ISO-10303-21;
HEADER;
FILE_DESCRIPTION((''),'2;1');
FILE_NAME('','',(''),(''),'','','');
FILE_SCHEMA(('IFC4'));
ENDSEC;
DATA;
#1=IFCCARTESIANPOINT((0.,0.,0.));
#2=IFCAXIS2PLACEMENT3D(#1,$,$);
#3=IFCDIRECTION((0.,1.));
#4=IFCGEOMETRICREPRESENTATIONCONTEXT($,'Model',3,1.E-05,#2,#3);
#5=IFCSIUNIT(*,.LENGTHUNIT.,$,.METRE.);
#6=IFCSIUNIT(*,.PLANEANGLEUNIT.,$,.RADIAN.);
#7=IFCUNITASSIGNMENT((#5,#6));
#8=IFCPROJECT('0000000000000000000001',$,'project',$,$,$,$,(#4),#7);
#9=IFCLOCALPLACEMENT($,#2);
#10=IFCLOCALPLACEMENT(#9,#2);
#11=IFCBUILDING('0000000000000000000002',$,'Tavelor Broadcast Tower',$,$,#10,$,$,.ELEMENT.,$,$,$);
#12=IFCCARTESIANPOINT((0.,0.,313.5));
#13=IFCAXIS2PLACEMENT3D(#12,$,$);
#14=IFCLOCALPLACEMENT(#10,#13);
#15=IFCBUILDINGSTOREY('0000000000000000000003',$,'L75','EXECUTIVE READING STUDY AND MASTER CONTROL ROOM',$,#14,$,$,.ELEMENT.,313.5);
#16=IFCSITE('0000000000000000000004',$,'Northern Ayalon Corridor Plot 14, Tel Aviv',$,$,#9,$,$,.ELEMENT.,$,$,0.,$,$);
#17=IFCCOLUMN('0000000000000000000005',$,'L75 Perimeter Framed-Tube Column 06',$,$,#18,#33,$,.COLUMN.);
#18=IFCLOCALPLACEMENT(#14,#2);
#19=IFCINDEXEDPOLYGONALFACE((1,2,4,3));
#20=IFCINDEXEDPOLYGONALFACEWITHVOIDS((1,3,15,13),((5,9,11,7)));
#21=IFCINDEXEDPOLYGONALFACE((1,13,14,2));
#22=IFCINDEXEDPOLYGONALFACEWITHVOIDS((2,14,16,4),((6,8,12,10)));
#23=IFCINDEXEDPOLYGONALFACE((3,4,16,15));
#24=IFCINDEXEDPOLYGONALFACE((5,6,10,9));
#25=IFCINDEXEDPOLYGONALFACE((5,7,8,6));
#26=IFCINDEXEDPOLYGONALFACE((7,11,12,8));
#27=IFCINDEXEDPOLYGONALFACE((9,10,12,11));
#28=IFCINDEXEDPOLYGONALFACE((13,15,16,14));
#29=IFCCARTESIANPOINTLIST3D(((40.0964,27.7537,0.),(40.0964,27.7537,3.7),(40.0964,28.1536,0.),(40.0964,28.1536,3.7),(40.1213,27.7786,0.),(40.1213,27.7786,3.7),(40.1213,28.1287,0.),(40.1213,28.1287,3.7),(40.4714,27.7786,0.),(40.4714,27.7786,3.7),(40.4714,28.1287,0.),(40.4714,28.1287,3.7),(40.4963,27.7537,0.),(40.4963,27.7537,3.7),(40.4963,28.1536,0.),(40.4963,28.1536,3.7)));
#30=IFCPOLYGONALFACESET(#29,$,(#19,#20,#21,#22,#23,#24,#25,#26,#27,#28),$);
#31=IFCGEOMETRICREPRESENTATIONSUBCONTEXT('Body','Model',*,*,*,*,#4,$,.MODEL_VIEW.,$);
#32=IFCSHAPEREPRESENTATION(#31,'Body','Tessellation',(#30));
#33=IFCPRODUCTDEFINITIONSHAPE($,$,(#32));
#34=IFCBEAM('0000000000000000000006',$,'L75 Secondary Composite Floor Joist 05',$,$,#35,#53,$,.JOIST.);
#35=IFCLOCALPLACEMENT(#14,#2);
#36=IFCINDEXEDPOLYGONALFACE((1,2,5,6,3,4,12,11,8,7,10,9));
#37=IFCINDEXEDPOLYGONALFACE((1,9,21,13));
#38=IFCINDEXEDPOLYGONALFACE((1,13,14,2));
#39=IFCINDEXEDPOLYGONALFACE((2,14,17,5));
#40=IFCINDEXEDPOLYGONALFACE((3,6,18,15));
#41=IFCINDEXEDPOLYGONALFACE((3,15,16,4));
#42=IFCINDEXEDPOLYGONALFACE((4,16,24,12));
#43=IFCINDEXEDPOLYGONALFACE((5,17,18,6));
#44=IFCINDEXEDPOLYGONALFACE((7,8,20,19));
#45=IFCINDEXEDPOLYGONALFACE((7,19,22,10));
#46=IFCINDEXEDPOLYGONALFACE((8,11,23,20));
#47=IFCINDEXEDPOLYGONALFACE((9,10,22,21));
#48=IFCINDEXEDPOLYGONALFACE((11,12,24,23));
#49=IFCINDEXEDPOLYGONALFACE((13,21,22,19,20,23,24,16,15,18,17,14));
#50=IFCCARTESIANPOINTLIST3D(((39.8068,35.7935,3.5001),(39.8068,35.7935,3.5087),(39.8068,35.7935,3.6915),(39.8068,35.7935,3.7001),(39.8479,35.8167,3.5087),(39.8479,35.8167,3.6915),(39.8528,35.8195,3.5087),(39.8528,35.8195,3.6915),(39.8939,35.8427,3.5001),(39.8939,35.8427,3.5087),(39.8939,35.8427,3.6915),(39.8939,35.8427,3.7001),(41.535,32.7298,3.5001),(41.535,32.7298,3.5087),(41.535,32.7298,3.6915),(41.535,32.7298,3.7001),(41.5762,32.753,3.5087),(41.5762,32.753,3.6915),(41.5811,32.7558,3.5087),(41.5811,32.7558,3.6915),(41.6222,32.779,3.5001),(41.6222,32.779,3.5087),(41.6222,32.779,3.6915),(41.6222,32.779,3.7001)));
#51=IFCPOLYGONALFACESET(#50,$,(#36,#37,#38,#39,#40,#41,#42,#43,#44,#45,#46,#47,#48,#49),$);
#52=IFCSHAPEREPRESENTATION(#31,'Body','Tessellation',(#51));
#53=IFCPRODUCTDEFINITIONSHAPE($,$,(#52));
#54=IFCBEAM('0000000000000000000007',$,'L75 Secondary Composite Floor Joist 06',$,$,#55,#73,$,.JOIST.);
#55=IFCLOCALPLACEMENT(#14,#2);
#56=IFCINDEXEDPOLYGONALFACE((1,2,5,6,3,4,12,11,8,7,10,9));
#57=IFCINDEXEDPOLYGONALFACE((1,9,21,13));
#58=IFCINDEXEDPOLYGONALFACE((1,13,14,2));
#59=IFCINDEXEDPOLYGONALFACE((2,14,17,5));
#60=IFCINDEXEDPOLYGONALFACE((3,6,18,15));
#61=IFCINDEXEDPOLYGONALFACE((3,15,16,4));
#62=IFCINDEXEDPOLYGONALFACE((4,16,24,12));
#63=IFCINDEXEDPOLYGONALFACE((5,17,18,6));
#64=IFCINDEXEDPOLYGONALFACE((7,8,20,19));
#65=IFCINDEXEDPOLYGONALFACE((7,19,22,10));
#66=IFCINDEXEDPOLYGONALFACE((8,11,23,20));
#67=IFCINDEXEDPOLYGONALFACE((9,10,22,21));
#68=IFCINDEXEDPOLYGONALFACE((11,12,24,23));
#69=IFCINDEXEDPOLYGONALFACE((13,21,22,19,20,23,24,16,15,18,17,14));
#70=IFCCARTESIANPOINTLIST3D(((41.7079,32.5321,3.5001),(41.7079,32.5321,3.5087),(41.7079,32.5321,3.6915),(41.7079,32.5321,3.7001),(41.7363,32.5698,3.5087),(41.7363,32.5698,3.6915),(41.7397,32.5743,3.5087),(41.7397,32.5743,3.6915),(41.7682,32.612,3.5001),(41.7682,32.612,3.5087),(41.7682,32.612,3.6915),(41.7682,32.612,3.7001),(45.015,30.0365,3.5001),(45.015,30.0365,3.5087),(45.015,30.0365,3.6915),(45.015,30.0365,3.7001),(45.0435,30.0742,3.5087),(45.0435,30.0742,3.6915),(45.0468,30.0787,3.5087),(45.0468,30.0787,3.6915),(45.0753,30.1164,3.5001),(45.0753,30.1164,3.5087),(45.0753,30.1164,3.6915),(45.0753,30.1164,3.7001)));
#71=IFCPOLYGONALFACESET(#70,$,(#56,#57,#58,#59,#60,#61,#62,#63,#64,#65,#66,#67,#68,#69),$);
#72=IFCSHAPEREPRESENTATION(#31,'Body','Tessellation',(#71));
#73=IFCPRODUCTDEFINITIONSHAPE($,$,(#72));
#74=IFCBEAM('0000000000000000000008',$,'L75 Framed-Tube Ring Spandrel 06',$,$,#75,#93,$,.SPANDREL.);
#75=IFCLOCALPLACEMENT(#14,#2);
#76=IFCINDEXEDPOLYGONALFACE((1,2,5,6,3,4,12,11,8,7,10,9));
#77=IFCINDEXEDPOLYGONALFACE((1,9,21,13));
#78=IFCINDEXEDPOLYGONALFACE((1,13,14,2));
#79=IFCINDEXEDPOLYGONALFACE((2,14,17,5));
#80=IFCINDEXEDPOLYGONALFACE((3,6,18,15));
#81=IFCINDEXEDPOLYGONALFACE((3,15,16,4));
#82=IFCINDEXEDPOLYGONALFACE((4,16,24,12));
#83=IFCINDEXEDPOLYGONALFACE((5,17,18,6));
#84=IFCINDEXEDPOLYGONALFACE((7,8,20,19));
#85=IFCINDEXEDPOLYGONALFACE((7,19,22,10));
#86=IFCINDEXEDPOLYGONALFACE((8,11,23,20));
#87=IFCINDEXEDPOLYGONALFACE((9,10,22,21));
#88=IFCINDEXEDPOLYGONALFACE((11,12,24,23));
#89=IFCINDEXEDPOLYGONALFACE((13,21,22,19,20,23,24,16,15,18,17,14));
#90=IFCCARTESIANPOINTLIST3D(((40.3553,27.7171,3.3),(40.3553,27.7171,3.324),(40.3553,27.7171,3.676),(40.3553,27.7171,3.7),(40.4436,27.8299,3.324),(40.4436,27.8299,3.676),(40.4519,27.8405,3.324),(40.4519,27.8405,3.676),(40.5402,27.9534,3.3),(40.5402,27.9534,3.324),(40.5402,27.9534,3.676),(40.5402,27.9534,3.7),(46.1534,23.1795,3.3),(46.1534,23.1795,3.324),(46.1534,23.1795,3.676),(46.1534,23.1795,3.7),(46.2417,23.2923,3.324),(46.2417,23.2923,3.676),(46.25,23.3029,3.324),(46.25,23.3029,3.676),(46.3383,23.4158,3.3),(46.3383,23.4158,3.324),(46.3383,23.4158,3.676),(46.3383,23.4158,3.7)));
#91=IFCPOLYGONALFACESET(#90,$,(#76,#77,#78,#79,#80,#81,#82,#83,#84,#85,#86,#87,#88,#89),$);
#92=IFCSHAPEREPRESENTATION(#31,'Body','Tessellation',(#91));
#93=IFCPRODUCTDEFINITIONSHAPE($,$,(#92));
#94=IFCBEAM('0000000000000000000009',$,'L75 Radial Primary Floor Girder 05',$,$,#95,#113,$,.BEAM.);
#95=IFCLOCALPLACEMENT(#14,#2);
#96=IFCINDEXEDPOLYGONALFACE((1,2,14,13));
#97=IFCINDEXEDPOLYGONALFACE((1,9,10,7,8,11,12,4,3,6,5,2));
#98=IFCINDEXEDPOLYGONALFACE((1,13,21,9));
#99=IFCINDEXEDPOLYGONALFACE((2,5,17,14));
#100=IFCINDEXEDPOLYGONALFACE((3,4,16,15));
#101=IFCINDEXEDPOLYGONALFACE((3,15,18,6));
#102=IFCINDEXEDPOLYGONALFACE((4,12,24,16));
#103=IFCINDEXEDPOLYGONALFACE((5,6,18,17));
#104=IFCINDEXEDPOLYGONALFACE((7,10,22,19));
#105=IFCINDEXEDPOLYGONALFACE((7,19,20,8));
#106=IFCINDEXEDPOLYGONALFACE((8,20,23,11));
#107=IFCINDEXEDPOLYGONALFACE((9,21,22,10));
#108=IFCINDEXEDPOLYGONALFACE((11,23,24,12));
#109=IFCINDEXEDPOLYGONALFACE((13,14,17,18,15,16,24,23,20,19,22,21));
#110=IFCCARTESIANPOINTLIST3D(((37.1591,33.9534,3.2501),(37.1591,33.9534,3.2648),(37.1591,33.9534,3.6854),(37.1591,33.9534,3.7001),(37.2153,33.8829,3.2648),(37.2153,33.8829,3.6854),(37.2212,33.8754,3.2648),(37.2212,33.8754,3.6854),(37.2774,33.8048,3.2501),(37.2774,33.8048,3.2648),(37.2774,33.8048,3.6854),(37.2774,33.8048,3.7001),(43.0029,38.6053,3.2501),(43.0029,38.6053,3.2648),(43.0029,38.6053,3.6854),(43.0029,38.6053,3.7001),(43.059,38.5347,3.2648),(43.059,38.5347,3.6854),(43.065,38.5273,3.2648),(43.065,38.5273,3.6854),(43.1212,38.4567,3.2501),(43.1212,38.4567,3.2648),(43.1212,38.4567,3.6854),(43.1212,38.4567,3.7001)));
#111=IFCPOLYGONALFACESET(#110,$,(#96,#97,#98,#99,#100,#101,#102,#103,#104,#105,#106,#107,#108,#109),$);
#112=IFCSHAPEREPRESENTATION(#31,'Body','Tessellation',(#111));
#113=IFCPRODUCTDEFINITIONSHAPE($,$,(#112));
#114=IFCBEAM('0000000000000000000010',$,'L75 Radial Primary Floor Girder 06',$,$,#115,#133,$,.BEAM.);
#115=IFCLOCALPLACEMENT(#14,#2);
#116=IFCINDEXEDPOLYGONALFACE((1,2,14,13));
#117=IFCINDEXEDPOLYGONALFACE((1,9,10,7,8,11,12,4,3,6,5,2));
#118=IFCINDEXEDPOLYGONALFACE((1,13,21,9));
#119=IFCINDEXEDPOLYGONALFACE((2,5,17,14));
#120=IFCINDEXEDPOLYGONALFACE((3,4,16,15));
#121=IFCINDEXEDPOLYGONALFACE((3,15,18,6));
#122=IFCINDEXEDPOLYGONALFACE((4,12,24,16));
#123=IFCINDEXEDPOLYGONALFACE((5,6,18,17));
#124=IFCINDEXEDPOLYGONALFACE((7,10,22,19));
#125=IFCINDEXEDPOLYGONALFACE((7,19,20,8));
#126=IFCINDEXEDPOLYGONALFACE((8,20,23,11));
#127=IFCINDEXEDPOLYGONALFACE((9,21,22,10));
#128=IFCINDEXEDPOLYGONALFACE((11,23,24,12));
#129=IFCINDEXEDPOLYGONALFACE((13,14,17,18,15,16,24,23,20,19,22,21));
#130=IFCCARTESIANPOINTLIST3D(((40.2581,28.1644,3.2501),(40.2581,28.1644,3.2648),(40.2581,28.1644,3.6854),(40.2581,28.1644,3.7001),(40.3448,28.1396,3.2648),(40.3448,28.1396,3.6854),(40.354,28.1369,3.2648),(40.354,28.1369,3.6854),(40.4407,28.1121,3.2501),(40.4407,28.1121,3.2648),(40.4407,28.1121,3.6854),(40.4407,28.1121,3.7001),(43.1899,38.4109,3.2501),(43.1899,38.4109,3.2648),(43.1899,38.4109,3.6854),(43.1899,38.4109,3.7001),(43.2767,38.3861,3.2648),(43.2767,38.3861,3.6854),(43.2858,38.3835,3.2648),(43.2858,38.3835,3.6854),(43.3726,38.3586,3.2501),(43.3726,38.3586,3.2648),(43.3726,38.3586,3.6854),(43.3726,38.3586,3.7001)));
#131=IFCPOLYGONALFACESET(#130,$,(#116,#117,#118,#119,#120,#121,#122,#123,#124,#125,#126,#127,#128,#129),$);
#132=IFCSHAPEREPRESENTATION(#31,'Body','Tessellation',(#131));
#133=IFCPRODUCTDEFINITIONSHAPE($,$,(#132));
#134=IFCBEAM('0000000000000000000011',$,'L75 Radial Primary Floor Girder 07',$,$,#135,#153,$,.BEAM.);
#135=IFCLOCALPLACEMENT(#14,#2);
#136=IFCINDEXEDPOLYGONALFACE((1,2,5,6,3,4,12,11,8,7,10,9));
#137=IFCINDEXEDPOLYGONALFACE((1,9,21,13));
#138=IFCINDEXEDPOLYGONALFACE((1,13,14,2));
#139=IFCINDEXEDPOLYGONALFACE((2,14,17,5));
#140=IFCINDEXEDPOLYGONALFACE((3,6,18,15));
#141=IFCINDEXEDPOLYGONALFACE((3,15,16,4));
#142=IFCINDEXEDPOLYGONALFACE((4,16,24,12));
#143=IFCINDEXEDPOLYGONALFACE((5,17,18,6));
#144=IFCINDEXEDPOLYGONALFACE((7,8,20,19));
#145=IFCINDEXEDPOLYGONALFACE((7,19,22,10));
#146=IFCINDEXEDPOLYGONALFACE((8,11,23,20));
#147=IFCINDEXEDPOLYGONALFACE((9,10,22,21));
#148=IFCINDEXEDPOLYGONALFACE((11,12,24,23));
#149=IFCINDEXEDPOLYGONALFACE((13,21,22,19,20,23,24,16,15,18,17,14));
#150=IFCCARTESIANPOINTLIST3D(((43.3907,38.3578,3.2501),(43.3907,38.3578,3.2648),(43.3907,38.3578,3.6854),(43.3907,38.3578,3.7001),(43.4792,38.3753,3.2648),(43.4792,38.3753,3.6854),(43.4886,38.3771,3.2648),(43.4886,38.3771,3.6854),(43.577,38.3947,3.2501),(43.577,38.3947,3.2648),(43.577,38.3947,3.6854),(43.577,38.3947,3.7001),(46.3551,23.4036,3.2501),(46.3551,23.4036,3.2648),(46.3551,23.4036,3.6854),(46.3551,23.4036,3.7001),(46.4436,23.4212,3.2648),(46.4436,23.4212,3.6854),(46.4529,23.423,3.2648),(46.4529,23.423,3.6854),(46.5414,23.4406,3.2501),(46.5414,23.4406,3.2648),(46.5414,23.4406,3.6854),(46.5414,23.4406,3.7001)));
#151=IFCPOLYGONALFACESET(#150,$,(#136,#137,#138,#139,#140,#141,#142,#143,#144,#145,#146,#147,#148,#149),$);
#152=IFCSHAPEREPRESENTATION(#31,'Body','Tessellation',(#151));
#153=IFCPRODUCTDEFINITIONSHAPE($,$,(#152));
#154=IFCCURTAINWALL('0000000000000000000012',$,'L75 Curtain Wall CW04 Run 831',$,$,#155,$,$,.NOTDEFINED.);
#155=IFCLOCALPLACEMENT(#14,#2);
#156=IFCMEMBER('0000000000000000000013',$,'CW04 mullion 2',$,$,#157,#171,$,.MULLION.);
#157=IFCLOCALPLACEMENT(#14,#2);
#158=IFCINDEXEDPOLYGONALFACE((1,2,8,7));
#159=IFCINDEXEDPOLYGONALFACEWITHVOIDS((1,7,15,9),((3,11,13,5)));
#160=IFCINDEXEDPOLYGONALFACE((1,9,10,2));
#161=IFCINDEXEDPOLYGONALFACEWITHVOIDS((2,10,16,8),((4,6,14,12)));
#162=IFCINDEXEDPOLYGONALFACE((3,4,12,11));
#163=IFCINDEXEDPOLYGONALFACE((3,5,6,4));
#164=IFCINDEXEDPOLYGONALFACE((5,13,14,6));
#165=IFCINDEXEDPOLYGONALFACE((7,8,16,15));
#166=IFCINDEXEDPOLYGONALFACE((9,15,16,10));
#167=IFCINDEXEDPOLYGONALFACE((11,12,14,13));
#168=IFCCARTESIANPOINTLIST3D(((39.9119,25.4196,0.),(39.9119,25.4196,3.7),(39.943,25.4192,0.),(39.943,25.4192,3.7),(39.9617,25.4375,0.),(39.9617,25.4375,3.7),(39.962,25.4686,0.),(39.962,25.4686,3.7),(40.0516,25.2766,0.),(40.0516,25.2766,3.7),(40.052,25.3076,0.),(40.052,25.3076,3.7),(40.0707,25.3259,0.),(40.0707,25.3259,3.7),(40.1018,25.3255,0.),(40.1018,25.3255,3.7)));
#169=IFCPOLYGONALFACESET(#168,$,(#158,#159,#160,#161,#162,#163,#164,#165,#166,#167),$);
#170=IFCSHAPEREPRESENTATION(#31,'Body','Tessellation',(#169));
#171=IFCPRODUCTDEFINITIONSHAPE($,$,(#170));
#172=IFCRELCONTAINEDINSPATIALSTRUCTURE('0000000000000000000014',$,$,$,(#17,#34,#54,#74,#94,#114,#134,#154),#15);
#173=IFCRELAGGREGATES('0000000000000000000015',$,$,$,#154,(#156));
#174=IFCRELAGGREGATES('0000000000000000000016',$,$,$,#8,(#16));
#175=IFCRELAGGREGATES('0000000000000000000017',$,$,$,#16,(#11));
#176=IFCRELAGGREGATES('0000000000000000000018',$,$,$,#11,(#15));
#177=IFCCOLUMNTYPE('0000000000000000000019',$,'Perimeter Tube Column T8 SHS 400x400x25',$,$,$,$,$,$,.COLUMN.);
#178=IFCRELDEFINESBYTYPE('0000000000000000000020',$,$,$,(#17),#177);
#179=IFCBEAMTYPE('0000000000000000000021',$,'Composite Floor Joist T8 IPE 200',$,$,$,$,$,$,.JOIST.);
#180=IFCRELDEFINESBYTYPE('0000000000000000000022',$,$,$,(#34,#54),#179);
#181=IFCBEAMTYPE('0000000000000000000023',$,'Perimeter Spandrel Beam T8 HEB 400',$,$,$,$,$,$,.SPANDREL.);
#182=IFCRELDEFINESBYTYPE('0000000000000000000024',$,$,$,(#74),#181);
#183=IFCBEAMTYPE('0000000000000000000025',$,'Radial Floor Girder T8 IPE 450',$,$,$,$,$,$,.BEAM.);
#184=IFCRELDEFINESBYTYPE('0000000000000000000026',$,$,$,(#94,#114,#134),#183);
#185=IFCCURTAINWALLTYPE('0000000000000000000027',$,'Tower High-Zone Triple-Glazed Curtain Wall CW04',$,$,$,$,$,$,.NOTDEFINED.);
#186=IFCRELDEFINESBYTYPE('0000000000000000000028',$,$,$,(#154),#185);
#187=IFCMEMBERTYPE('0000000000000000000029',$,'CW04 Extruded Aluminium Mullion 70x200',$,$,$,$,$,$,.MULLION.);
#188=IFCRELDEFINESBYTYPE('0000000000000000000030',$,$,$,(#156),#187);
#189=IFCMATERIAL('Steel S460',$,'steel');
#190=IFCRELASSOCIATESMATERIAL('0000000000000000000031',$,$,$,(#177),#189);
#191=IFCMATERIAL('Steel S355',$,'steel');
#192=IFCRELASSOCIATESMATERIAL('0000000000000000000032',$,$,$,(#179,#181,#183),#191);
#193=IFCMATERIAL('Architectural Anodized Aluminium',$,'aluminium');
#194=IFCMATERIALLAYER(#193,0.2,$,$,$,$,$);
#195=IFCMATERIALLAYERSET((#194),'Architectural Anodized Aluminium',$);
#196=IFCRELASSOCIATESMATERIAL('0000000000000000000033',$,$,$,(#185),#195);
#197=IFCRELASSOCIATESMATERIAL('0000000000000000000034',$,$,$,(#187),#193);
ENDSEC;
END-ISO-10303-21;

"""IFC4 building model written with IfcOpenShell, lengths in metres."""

from ifc_helpers import new_model, si_unit, direction, frame, origin, origin_2d, place, context, subcontext, project, spatial, hollow_rectangle, i_section, extrude, source, transform, mapped, material, layer, layer_set, material_profile, profile_set, type_object, type_shapes, element, aggregate, save


model = new_model("IFC4")

# Units and contexts
model_context = context("Model", 3, precision=1e-05, world=origin(), true_north=direction((0.0, 1.0)))
body_context = subcontext(model_context, "Body", "Model", "MODEL_VIEW")
ifc_project = project(units=[si_unit("LENGTHUNIT", "METRE"), si_unit("PLANEANGLEUNIT", "RADIAN")], contexts=[model_context])

# Site, building, storey
site_placement = place(None, origin())
site = spatial("IfcSite", under=ifc_project, at=site_placement, Name="Northern Ayalon Corridor Plot 14, Tel Aviv", CompositionType="ELEMENT", RefElevation=0.0)
building_placement = place(site_placement, origin())
building = spatial("IfcBuilding", under=site, at=building_placement, Name="Tavelor Broadcast Tower", CompositionType="ELEMENT")
storey_placement = place(building_placement, frame((0.0, 0.0, 313.5)))
storey = spatial("IfcBuildingStorey", under=building, at=storey_placement, Name="L75", Description="EXECUTIVE READING STUDY AND MASTER CONTROL ROOM", CompositionType="ELEMENT", Elevation=313.5)

# Column
ifc_material_1 = material(Name="Steel S460", Category="steel")
ifc_material_profile_1 = material_profile(ifc_material_1, hollow_rectangle(XDim=0.3999, YDim=0.3999, WallThickness=0.0249, at=origin_2d()), Name="SHS 400x400x25")
ifc_profile_set_1 = profile_set([ifc_material_profile_1], Name="Steel S460")
column_type = type_object("IfcColumnType", Name="Perimeter Tube Column T8 SHS 400x400x25", PredefinedType="COLUMN", material=ifc_profile_set_1)
column_placement = place(storey_placement, frame((40.2964, 27.9536, 0.0), z_axis=(0.0, 0.0, 1.0), x_axis=(1.0, 0.0, 0.0)))
element("IfcColumn", 1, at=column_placement, inside=storey, type_object=column_type, Name="L75 Perimeter Framed-Tube Column 06", PredefinedType="COLUMN", context=body_context, shape_type="SweptSolid", body=[
    extrude(hollow_rectangle(XDim=0.3999, YDim=0.3999, WallThickness=0.0249, at=origin_2d()), origin(), (0.0, 0.0, 1.0), 3.7),
])

# Beams
ifc_material_2 = material(Name="Steel S355", Category="steel")
ifc_material_profile_2 = material_profile(ifc_material_2, i_section(OverallWidth=0.1001, OverallDepth=0.2, WebThickness=0.0056, FlangeThickness=0.0085, at=origin_2d()), Name="IPE 200")
ifc_profile_set_2 = profile_set([ifc_material_profile_2], Name="Steel S355")
beam_type_1 = type_object("IfcBeamType", Name="Composite Floor Joist T8 IPE 200", PredefinedType="JOIST", material=ifc_profile_set_2)
beam_1_placement = place(storey_placement, frame((39.8503, 35.8181, 3.6001), z_axis=(0.491325, -0.870976, 0.0), x_axis=(0.870976, 0.491325, 0.0)))
element("IfcBeam", 2, at=beam_1_placement, inside=storey, type_object=beam_type_1, Name="L75 Secondary Composite Floor Joist 05", PredefinedType="JOIST", context=body_context, shape_type="SweptSolid", body=[
    extrude(i_section(OverallWidth=0.1001, OverallDepth=0.2, WebThickness=0.0056, FlangeThickness=0.0085, at=origin_2d()), origin(), (0.0, 0.0, 1.0), 3.5176),
])
beam_2_placement = place(storey_placement, frame((41.738, 32.572, 3.6001), z_axis=(0.798229, -0.602354, 0.0), x_axis=(0.602354, 0.798229, 0.0)))
element("IfcBeam", 3, at=beam_2_placement, inside=storey, type_object=beam_type_1, Name="L75 Secondary Composite Floor Joist 06", PredefinedType="JOIST", context=body_context, shape_type="SweptSolid", body=[
    extrude(i_section(OverallWidth=0.1001, OverallDepth=0.2, WebThickness=0.0056, FlangeThickness=0.0085, at=origin_2d()), origin(), (0.0, 0.0, 1.0), 4.1431),
])
ifc_material_profile_3 = material_profile(ifc_material_2, i_section(OverallWidth=0.3, OverallDepth=0.3999, WebThickness=0.0134, FlangeThickness=0.0239, at=origin_2d()), Name="HEB 400")
ifc_profile_set_3 = profile_set([ifc_material_profile_3], Name="Steel S355")
beam_type_2 = type_object("IfcBeamType", Name="Perimeter Spandrel Beam T8 HEB 400", PredefinedType="SPANDREL", material=ifc_profile_set_3)
beam_3_placement = place(storey_placement, frame((40.4478, 27.8352, 3.5), z_axis=(0.787508, -0.616305, 0.0), x_axis=(0.616305, 0.787508, 0.0)))
element("IfcBeam", 4, at=beam_3_placement, inside=storey, type_object=beam_type_2, Name="L75 Framed-Tube Ring Spandrel 06", PredefinedType="SPANDREL", context=body_context, shape_type="SweptSolid", body=[
    extrude(i_section(OverallWidth=0.3, OverallDepth=0.3999, WebThickness=0.0134, FlangeThickness=0.0239, at=origin_2d()), origin(), (0.0, 0.0, 1.0), 7.3625),
])
ifc_material_profile_4 = material_profile(ifc_material_2, i_section(OverallWidth=0.1899, OverallDepth=0.45, WebThickness=0.0095, FlangeThickness=0.0146, at=origin_2d()), Name="IPE 450")
ifc_profile_set_4 = profile_set([ifc_material_profile_4], Name="Steel S355")
beam_type_3 = type_object("IfcBeamType", Name="Radial Floor Girder T8 IPE 450", PredefinedType="BEAM", material=ifc_profile_set_4)
beam_4_placement = place(storey_placement, frame((43.062, 38.531, 3.4751), z_axis=(-0.782378, -0.622804, 0.0), x_axis=(0.622804, -0.782378, 0.0)))
element("IfcBeam", 5, at=beam_4_placement, inside=storey, type_object=beam_type_3, Name="L75 Radial Primary Floor Girder 05", PredefinedType="BEAM", context=body_context, shape_type="SweptSolid", body=[
    extrude(i_section(OverallWidth=0.1899, OverallDepth=0.45, WebThickness=0.0095, FlangeThickness=0.0146, at=origin_2d()), origin(), (0.0, 0.0, 1.0), 7.4692),
])
beam_5_placement = place(storey_placement, frame((43.2812, 38.3848, 3.4751), z_axis=(-0.275093, -0.961418, 0.0), x_axis=(0.961418, -0.275093, 0.0)))
element("IfcBeam", 6, at=beam_5_placement, inside=storey, type_object=beam_type_3, Name="L75 Radial Primary Floor Girder 06", PredefinedType="BEAM", context=body_context, shape_type="SweptSolid", body=[
    extrude(i_section(OverallWidth=0.1899, OverallDepth=0.45, WebThickness=0.0095, FlangeThickness=0.0146, at=origin_2d()), origin(), (0.0, 0.0, 1.0), 10.6577),
])
beam_6_placement = place(storey_placement, frame((43.4839, 38.3762, 3.4751), z_axis=(0.194447, -0.980913, 0.0), x_axis=(0.980913, 0.194447, 0.0)))
element("IfcBeam", 7, at=beam_6_placement, inside=storey, type_object=beam_type_3, Name="L75 Radial Primary Floor Girder 07", PredefinedType="BEAM", context=body_context, shape_type="SweptSolid", body=[
    extrude(i_section(OverallWidth=0.1899, OverallDepth=0.45, WebThickness=0.0095, FlangeThickness=0.0146, at=origin_2d()), origin(), (0.0, 0.0, 1.0), 15.2451),
])

# Curtain wall, member
ifc_material_3 = material(Name="Architectural Anodized Aluminium", Category="aluminium")
ifc_layer_1 = layer(ifc_material_3, 0.2)
ifc_layer_set_1 = layer_set([ifc_layer_1], Name="Architectural Anodized Aluminium")
curtain_wall_type = type_object("IfcCurtainWallType", Name="Tower High-Zone Triple-Glazed Curtain Wall CW04", PredefinedType="NOTDEFINED", material=ifc_layer_set_1)
curtain_wall_1_placement = place(storey_placement, origin())
curtain_wall_1 = element("IfcCurtainWall", 8, at=curtain_wall_1_placement, inside=storey, type_object=curtain_wall_type, Name="L75 Curtain Wall CW04 Run 831", PredefinedType="NOTDEFINED")
ifc_material_profile_5 = material_profile(ifc_material_3, hollow_rectangle(XDim=0.0701, YDim=0.2, WallThickness=0.022, at=origin_2d()), Name="RHS 70x200x22")
ifc_profile_set_5 = profile_set([ifc_material_profile_5], Name="Architectural Anodized Aluminium")
member_type_1 = type_object("IfcMemberType", Name="CW04 Extruded Aluminium Mullion 70x200", PredefinedType="MULLION", material=ifc_profile_set_5)
shared_shape_1 = source(origin(), body_context, "Body", "SweptSolid", [
    extrude(hollow_rectangle(XDim=0.0701, YDim=0.2, WallThickness=0.022, at=origin_2d()), origin(), (0.0, 0.0, 1.0), 3.7),
])
type_shapes(member_type_1, [shared_shape_1])
member_1_placement = place(storey_placement, frame((40.0068, 25.3726, 0.0), z_axis=(0.0, 0.0, 1.0), x_axis=(0.71538, 0.698735, 0.0)))
member_1 = element("IfcMember", 9, at=member_1_placement, type_object=member_type_1, Name="CW04 mullion 2", PredefinedType="MULLION", context=body_context, shape_type="MappedRepresentation", body=[
    mapped(shared_shape_1, transform((0.0, 0.0, 0.0), scale=1.0)),
])

aggregate(curtain_wall_1, [member_1])

save(model, "model.ifc")
